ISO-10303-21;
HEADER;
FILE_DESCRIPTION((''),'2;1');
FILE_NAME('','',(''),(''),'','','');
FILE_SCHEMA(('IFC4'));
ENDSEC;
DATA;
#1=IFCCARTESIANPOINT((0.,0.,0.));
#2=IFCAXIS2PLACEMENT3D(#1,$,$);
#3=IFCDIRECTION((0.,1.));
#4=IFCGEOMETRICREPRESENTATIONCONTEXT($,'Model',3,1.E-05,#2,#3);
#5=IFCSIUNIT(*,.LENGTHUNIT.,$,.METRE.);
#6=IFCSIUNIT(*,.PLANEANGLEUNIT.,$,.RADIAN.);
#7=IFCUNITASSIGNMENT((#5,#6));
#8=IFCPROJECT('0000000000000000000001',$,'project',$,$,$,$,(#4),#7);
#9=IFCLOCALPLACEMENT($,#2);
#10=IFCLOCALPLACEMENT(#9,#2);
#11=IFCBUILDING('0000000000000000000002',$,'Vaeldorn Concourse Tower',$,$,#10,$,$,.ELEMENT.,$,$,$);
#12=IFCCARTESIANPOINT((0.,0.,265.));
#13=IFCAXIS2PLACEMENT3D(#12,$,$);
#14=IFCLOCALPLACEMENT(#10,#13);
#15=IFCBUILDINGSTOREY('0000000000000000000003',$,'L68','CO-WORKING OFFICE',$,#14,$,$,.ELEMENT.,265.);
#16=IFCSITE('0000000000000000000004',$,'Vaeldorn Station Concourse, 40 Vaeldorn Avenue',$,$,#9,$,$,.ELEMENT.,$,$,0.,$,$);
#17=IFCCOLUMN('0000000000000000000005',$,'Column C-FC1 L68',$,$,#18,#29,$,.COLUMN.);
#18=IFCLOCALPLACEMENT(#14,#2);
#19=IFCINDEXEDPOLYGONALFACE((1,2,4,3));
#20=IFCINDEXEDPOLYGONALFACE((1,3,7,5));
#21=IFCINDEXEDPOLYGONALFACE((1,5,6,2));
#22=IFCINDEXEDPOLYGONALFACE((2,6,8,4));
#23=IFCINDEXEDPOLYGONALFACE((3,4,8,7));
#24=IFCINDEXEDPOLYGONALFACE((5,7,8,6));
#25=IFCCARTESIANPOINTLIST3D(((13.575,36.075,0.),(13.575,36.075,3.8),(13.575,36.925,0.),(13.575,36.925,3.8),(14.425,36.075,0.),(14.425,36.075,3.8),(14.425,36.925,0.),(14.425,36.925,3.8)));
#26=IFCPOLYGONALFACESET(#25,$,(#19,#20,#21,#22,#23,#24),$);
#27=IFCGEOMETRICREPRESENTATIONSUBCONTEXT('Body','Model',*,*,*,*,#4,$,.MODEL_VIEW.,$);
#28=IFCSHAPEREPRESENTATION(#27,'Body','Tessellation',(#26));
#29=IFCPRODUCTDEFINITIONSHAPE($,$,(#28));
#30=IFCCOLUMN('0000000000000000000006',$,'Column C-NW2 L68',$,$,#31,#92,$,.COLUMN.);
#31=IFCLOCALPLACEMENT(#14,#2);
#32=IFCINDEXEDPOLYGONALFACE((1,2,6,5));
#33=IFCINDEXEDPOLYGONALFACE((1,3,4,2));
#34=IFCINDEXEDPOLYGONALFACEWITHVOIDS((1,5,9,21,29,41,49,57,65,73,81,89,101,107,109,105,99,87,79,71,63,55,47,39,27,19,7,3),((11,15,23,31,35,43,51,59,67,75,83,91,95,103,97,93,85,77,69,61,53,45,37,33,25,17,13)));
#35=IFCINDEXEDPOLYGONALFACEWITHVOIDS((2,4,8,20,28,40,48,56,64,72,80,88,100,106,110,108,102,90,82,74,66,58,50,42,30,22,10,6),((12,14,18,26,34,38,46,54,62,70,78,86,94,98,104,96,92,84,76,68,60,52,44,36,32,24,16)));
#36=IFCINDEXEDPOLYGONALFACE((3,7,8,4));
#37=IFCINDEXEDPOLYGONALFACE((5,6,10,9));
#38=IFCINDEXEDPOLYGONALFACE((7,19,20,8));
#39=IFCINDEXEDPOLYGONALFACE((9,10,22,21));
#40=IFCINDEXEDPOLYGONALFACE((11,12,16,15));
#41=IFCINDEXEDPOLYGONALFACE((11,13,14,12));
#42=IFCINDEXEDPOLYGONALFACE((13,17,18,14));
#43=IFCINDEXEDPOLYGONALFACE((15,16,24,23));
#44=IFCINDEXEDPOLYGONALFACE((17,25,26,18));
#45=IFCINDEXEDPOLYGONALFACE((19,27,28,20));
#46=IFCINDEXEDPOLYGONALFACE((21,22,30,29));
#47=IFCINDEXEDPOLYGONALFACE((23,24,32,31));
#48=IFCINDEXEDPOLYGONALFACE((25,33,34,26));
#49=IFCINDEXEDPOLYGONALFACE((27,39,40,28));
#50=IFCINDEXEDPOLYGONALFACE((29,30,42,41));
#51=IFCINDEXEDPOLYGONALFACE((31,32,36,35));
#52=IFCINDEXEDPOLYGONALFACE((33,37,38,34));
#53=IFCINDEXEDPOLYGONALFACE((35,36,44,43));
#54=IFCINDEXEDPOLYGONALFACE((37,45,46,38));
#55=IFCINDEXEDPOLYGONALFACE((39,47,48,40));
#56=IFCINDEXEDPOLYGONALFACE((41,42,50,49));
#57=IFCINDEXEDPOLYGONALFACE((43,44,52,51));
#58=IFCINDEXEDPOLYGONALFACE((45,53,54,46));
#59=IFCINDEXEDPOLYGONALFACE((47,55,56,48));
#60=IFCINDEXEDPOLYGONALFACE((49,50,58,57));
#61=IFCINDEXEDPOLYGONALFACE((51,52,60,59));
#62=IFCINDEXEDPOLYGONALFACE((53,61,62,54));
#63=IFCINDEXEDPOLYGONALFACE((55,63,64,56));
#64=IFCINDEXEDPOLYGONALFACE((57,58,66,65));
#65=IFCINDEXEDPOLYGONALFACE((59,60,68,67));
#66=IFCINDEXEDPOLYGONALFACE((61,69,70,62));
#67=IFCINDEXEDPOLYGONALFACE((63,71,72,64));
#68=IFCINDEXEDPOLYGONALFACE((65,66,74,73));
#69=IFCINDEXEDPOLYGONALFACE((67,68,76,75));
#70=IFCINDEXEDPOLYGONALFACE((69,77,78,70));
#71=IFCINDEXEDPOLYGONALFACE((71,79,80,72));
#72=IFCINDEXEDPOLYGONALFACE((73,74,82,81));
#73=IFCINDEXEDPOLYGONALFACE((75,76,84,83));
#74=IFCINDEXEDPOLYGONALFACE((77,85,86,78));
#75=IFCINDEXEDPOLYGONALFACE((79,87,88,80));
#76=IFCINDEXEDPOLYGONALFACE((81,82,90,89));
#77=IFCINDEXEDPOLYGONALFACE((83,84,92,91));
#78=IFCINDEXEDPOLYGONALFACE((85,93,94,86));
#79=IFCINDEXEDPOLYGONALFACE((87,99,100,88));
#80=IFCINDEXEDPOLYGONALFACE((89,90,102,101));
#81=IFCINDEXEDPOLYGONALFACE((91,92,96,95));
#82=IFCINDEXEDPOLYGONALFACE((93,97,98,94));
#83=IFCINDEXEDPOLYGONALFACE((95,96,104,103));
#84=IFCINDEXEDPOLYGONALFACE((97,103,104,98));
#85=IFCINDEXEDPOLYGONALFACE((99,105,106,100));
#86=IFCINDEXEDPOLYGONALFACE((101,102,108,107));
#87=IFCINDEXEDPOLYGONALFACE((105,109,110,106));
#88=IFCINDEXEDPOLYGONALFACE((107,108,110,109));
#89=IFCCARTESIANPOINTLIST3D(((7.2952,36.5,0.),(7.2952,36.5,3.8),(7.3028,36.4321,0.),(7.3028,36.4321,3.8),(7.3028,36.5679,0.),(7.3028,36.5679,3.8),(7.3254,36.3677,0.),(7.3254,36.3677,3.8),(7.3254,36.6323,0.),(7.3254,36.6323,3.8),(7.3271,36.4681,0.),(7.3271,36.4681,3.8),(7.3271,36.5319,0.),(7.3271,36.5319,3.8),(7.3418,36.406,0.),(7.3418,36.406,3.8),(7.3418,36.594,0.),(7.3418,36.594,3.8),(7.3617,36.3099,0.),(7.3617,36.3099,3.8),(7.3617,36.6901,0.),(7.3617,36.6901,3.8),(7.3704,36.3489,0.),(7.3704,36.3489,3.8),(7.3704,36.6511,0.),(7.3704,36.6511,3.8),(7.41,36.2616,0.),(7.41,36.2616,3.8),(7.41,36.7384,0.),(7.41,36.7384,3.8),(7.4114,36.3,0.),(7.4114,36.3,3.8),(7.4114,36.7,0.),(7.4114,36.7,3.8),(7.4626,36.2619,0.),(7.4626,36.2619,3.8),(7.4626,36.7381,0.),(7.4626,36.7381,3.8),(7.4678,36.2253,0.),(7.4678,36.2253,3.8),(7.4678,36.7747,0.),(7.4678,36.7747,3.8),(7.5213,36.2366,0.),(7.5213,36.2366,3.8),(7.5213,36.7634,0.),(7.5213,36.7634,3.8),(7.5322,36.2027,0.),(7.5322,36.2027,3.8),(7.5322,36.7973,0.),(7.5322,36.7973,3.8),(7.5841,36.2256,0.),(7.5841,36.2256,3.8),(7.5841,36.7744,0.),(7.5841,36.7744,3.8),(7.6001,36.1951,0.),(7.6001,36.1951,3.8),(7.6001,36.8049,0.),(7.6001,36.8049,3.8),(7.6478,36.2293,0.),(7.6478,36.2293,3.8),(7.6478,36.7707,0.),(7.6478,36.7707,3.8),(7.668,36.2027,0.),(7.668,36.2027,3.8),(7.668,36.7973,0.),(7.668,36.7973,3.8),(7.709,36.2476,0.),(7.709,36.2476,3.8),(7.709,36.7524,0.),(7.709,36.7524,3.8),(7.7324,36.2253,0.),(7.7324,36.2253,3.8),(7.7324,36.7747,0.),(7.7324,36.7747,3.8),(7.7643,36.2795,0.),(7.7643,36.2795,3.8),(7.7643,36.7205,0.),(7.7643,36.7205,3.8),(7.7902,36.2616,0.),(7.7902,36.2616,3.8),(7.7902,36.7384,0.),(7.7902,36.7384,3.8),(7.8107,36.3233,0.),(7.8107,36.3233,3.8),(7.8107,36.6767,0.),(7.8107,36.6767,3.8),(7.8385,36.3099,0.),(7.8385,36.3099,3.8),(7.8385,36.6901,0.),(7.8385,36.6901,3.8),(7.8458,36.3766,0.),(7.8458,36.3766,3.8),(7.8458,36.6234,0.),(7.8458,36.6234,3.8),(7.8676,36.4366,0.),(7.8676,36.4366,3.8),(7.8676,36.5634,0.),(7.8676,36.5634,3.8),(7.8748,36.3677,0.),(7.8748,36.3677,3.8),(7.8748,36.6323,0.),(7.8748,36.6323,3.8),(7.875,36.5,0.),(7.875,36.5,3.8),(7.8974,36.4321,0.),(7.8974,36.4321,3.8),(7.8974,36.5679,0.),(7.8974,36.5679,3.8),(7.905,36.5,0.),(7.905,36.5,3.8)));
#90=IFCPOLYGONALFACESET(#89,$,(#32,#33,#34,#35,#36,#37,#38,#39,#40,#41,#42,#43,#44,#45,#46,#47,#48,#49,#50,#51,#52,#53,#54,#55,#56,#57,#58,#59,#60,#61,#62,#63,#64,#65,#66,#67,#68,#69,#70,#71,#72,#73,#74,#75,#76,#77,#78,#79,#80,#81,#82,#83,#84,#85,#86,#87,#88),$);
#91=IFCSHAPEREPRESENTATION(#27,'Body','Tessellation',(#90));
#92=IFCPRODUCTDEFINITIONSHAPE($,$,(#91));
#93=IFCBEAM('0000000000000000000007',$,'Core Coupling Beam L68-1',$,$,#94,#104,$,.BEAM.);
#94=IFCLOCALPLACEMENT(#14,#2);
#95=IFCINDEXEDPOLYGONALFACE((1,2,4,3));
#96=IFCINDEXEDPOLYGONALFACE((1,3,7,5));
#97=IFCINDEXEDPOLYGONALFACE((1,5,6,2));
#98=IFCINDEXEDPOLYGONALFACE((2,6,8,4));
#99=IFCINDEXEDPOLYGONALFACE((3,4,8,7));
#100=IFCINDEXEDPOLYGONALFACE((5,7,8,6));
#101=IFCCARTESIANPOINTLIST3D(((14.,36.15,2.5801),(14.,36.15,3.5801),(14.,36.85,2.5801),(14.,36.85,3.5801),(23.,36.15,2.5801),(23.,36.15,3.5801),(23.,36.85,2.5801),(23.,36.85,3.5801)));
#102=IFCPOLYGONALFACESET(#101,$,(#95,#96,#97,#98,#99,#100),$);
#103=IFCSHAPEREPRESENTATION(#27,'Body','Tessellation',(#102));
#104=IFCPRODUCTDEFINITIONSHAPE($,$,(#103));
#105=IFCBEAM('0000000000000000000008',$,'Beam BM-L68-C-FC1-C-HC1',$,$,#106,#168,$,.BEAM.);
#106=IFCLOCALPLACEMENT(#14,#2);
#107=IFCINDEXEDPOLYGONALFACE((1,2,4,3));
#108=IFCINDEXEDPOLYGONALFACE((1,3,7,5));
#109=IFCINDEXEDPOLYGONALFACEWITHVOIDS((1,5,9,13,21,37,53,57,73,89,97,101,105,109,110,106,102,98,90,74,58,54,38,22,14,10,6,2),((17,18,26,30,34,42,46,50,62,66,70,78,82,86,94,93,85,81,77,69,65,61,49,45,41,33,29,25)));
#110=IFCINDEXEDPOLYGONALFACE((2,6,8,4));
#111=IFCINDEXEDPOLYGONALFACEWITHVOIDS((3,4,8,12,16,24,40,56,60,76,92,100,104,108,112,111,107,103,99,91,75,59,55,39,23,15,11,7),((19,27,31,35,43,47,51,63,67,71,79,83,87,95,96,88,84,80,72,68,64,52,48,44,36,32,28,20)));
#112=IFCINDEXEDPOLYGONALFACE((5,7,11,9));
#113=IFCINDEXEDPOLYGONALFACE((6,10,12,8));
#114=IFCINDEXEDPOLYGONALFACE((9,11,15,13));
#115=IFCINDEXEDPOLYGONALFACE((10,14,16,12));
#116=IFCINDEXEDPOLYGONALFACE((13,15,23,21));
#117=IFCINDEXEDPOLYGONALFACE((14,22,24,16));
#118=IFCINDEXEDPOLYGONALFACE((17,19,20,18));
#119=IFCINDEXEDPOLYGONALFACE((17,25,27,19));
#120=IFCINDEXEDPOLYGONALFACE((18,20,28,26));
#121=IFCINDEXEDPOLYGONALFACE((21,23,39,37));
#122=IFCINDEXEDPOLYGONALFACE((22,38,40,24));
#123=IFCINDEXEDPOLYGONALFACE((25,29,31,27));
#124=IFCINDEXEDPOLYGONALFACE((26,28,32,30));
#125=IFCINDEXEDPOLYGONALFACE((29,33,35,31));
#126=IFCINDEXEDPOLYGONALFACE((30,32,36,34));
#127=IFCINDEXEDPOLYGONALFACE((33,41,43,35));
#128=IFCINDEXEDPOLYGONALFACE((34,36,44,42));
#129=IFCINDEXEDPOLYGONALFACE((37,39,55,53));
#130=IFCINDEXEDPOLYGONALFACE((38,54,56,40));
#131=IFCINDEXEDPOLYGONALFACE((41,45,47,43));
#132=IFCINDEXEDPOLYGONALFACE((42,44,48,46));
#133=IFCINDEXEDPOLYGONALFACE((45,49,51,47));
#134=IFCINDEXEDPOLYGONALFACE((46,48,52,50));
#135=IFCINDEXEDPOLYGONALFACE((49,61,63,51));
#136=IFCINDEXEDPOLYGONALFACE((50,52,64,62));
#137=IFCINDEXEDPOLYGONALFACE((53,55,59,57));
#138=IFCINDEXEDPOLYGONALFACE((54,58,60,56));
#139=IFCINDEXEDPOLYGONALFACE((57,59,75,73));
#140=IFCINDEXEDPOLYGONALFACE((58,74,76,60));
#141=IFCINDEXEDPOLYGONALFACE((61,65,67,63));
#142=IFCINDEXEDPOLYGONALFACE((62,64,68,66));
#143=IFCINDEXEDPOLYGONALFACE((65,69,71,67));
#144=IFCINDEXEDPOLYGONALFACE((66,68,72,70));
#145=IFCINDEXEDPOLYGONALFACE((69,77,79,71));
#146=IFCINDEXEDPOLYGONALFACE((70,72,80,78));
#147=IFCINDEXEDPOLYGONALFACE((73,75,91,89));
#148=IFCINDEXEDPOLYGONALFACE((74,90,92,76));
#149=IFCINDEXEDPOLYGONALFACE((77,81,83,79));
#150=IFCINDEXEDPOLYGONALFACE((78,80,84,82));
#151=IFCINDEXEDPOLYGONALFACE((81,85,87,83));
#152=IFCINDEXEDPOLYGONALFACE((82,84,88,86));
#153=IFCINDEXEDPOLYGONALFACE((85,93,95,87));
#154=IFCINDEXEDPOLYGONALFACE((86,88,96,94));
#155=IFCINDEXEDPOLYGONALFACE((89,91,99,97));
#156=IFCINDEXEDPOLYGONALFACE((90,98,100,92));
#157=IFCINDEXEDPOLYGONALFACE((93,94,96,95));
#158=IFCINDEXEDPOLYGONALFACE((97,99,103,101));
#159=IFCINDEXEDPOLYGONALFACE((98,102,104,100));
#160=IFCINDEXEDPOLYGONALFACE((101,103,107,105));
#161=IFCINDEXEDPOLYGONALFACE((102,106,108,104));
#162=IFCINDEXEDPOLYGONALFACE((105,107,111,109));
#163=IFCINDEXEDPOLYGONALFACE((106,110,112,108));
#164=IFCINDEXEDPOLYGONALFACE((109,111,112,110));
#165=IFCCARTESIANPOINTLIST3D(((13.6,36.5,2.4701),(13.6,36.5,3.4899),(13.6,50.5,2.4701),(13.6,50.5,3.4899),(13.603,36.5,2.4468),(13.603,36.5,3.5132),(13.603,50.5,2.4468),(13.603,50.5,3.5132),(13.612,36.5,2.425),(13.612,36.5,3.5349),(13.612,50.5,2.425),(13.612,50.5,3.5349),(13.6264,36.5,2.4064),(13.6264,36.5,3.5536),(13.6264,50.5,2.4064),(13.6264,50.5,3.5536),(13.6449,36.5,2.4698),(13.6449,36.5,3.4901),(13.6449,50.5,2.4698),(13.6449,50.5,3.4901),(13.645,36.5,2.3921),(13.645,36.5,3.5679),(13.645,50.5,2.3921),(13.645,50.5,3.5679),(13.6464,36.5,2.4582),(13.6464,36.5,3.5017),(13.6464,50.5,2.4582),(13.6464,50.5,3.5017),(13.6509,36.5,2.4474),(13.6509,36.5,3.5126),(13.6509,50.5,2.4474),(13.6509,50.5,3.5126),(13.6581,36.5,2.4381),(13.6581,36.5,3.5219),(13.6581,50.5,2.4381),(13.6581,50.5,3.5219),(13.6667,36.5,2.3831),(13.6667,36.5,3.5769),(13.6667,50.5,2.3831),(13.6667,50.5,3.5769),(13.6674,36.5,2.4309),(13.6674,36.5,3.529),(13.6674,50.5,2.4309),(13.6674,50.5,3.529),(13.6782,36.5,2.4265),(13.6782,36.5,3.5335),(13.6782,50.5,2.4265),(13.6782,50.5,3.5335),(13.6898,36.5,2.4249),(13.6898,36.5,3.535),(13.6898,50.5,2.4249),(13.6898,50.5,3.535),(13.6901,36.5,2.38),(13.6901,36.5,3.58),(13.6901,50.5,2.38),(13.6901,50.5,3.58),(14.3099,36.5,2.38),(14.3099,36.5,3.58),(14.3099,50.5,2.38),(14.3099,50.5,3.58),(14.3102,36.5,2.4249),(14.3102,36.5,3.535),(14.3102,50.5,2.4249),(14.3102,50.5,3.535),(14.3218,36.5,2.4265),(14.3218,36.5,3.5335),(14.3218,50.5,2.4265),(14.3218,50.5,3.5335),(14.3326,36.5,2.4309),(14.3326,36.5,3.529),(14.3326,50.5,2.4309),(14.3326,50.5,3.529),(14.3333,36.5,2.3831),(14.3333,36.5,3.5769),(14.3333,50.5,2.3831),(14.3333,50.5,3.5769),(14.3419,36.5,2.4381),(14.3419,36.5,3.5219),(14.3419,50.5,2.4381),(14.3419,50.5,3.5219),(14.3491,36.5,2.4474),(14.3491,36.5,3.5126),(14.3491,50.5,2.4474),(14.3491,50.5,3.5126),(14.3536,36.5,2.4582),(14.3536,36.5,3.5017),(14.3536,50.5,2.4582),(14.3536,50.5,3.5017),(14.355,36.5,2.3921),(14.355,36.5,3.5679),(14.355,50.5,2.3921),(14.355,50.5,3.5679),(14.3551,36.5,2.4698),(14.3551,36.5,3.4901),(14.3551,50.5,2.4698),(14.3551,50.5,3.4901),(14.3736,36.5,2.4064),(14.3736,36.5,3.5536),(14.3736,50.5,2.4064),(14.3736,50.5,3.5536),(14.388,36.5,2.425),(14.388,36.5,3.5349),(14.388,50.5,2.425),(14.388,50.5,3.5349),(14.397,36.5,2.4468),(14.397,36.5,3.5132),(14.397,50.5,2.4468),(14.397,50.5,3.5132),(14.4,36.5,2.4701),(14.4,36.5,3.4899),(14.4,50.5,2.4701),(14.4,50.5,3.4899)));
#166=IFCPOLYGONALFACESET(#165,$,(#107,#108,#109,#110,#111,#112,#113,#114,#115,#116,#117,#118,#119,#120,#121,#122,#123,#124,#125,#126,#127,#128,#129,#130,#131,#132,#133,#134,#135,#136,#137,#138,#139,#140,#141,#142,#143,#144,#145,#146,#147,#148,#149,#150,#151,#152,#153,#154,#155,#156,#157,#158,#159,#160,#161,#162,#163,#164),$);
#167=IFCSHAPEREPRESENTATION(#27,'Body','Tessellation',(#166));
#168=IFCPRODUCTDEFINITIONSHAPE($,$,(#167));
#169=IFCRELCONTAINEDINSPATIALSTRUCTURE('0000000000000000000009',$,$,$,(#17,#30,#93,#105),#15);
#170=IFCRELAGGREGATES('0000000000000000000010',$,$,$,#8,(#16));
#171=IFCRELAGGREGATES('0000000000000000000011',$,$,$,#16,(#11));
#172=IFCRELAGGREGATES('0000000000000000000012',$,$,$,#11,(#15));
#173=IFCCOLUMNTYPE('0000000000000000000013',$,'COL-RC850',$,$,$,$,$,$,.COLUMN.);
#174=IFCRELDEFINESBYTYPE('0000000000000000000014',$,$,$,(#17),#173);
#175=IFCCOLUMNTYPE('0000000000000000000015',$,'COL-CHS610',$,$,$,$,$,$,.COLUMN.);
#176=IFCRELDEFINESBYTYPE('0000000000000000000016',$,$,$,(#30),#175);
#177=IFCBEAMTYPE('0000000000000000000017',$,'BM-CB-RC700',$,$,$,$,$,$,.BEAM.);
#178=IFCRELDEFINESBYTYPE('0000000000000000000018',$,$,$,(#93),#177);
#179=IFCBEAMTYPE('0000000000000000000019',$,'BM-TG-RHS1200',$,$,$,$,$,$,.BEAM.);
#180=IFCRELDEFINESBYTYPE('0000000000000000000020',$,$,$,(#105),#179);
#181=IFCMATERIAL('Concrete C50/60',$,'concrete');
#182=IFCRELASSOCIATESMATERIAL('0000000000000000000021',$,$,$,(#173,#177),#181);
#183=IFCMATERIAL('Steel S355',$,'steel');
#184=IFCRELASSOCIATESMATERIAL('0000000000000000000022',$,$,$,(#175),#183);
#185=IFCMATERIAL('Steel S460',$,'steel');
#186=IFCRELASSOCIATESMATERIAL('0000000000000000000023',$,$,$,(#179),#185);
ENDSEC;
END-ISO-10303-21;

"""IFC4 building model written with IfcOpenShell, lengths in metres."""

from ifc_helpers import new_model, si_unit, direction, frame, origin, origin_2d, place, context, subcontext, project, spatial, rectangle, hollow_rectangle, hollow_circle, extrude, source, transform, mapped, material, material_profile, profile_set, type_object, element, save


model = new_model("IFC4")

# Units and contexts
model_context = context("Model", 3, precision=1e-05, world=origin(), true_north=direction((0.0, 1.0)))
body_context = subcontext(model_context, "Body", "Model", "MODEL_VIEW")
ifc_project = project(units=[si_unit("LENGTHUNIT", "METRE"), si_unit("PLANEANGLEUNIT", "RADIAN")], contexts=[model_context])

# Site, building, storey
site_placement = place(None, origin())
site = spatial("IfcSite", under=ifc_project, at=site_placement, Name="Vaeldorn Station Concourse, 40 Vaeldorn Avenue", CompositionType="ELEMENT", RefElevation=0.0)
building_placement = place(site_placement, origin())
building = spatial("IfcBuilding", under=site, at=building_placement, Name="Vaeldorn Concourse Tower", CompositionType="ELEMENT")
storey_placement = place(building_placement, frame((0.0, 0.0, 265.0)))
storey = spatial("IfcBuildingStorey", under=building, at=storey_placement, Name="L68", Description="CO-WORKING OFFICE", CompositionType="ELEMENT", Elevation=265.0)

# Columns
ifc_material_1 = material(Name="Concrete C50/60", Category="concrete")
ifc_material_profile_1 = material_profile(ifc_material_1, rectangle(XDim=0.8501, YDim=0.8501, at=origin_2d()), Name="RC 850x850")
ifc_profile_set_1 = profile_set([ifc_material_profile_1], Name="Concrete C50/60")
column_type_1 = type_object("IfcColumnType", Name="COL-RC850", PredefinedType="COLUMN", material=ifc_profile_set_1)
shared_shape_1 = source(origin(), body_context, "Body", "SweptSolid", [
    extrude(rectangle(XDim=0.8501, YDim=0.8501, at=origin_2d()), origin(), (0.0, 0.0, 1.0), 3.8),
])
column_1_placement = place(storey_placement, frame((14.0, 36.5, 0.0), z_axis=(0.0, 0.0, 1.0), x_axis=(1.0, 0.0, 0.0)))
element("IfcColumn", 1, at=column_1_placement, inside=storey, type_object=column_type_1, Name="Column C-FC1 L68", PredefinedType="COLUMN", context=body_context, shape_type="MappedRepresentation", body=[
    mapped(shared_shape_1, transform((0.0, 0.0, 0.0), scale=1.0)),
])
ifc_material_2 = material(Name="Steel S355", Category="steel")
ifc_material_profile_2 = material_profile(ifc_material_2, hollow_circle(Radius=0.3049, WallThickness=0.03, at=origin_2d()), Name="CHS 610x30")
ifc_profile_set_2 = profile_set([ifc_material_profile_2], Name="Steel S355")
column_type_2 = type_object("IfcColumnType", Name="COL-CHS610", PredefinedType="COLUMN", material=ifc_profile_set_2)
shared_shape_2 = source(origin(), body_context, "Body", "SweptSolid", [
    extrude(hollow_circle(Radius=0.3049, WallThickness=0.03, at=origin_2d()), origin(), (0.0, 0.0, 1.0), 3.8),
])
column_2_placement = place(storey_placement, frame((7.6001, 36.5, 0.0), z_axis=(0.0, 0.0, 1.0), x_axis=(1.0, 0.0, 0.0)))
element("IfcColumn", 2, at=column_2_placement, inside=storey, type_object=column_type_2, Name="Column C-NW2 L68", PredefinedType="COLUMN", context=body_context, shape_type="MappedRepresentation", body=[
    mapped(shared_shape_2, transform((0.0, 0.0, 0.0), scale=1.0)),
])

# Beams
ifc_material_profile_3 = material_profile(ifc_material_1, rectangle(XDim=0.7, YDim=1.0, at=origin_2d()), Name="RC 700x1000")
ifc_profile_set_3 = profile_set([ifc_material_profile_3], Name="Concrete C50/60")
beam_type_1 = type_object("IfcBeamType", Name="BM-CB-RC700", PredefinedType="BEAM", material=ifc_profile_set_3)
shared_shape_3 = source(origin(), body_context, "Body", "SweptSolid", [
    extrude(rectangle(XDim=0.7, YDim=1.0, at=origin_2d()), origin(), (0.0, 0.0, 1.0), 9.0),
])
beam_1_placement = place(storey_placement, frame((14.0, 36.5, 3.0801), z_axis=(1.0, 0.0, 0.0), x_axis=(0.0, 1.0, 0.0)))
element("IfcBeam", 3, at=beam_1_placement, inside=storey, type_object=beam_type_1, Name="Core Coupling Beam L68-1", PredefinedType="BEAM", context=body_context, shape_type="MappedRepresentation", body=[
    mapped(shared_shape_3, transform((0.0, 0.0, 0.0), scale=1.0)),
])
ifc_material_3 = material(Name="Steel S460", Category="steel")
ifc_material_profile_4 = material_profile(ifc_material_3, hollow_rectangle(XDim=0.8, YDim=1.2, WallThickness=0.0449, InnerFilletRadius=0.0449, OuterFilletRadius=0.0901, at=origin_2d()), Name="RHS 1200x800x45")
ifc_profile_set_4 = profile_set([ifc_material_profile_4], Name="Steel S460")
beam_type_2 = type_object("IfcBeamType", Name="BM-TG-RHS1200", PredefinedType="BEAM", material=ifc_profile_set_4)
shared_shape_4 = source(origin(), body_context, "Body", "SweptSolid", [
    extrude(hollow_rectangle(XDim=0.8, YDim=1.2, WallThickness=0.0449, InnerFilletRadius=0.0449, OuterFilletRadius=0.0901, at=origin_2d()), origin(), (0.0, 0.0, 1.0), 14.0),
])
beam_2_placement = place(storey_placement, frame((14.0, 36.5, 2.98), z_axis=(0.0, 1.0, 0.0), x_axis=(-1.0, 0.0, 0.0)))
element("IfcBeam", 4, at=beam_2_placement, inside=storey, type_object=beam_type_2, Name="Beam BM-L68-C-FC1-C-HC1", PredefinedType="BEAM", context=body_context, shape_type="MappedRepresentation", body=[
    mapped(shared_shape_4, transform((0.0, 0.0, 0.0), scale=1.0)),
])

save(model, "model.ifc")
